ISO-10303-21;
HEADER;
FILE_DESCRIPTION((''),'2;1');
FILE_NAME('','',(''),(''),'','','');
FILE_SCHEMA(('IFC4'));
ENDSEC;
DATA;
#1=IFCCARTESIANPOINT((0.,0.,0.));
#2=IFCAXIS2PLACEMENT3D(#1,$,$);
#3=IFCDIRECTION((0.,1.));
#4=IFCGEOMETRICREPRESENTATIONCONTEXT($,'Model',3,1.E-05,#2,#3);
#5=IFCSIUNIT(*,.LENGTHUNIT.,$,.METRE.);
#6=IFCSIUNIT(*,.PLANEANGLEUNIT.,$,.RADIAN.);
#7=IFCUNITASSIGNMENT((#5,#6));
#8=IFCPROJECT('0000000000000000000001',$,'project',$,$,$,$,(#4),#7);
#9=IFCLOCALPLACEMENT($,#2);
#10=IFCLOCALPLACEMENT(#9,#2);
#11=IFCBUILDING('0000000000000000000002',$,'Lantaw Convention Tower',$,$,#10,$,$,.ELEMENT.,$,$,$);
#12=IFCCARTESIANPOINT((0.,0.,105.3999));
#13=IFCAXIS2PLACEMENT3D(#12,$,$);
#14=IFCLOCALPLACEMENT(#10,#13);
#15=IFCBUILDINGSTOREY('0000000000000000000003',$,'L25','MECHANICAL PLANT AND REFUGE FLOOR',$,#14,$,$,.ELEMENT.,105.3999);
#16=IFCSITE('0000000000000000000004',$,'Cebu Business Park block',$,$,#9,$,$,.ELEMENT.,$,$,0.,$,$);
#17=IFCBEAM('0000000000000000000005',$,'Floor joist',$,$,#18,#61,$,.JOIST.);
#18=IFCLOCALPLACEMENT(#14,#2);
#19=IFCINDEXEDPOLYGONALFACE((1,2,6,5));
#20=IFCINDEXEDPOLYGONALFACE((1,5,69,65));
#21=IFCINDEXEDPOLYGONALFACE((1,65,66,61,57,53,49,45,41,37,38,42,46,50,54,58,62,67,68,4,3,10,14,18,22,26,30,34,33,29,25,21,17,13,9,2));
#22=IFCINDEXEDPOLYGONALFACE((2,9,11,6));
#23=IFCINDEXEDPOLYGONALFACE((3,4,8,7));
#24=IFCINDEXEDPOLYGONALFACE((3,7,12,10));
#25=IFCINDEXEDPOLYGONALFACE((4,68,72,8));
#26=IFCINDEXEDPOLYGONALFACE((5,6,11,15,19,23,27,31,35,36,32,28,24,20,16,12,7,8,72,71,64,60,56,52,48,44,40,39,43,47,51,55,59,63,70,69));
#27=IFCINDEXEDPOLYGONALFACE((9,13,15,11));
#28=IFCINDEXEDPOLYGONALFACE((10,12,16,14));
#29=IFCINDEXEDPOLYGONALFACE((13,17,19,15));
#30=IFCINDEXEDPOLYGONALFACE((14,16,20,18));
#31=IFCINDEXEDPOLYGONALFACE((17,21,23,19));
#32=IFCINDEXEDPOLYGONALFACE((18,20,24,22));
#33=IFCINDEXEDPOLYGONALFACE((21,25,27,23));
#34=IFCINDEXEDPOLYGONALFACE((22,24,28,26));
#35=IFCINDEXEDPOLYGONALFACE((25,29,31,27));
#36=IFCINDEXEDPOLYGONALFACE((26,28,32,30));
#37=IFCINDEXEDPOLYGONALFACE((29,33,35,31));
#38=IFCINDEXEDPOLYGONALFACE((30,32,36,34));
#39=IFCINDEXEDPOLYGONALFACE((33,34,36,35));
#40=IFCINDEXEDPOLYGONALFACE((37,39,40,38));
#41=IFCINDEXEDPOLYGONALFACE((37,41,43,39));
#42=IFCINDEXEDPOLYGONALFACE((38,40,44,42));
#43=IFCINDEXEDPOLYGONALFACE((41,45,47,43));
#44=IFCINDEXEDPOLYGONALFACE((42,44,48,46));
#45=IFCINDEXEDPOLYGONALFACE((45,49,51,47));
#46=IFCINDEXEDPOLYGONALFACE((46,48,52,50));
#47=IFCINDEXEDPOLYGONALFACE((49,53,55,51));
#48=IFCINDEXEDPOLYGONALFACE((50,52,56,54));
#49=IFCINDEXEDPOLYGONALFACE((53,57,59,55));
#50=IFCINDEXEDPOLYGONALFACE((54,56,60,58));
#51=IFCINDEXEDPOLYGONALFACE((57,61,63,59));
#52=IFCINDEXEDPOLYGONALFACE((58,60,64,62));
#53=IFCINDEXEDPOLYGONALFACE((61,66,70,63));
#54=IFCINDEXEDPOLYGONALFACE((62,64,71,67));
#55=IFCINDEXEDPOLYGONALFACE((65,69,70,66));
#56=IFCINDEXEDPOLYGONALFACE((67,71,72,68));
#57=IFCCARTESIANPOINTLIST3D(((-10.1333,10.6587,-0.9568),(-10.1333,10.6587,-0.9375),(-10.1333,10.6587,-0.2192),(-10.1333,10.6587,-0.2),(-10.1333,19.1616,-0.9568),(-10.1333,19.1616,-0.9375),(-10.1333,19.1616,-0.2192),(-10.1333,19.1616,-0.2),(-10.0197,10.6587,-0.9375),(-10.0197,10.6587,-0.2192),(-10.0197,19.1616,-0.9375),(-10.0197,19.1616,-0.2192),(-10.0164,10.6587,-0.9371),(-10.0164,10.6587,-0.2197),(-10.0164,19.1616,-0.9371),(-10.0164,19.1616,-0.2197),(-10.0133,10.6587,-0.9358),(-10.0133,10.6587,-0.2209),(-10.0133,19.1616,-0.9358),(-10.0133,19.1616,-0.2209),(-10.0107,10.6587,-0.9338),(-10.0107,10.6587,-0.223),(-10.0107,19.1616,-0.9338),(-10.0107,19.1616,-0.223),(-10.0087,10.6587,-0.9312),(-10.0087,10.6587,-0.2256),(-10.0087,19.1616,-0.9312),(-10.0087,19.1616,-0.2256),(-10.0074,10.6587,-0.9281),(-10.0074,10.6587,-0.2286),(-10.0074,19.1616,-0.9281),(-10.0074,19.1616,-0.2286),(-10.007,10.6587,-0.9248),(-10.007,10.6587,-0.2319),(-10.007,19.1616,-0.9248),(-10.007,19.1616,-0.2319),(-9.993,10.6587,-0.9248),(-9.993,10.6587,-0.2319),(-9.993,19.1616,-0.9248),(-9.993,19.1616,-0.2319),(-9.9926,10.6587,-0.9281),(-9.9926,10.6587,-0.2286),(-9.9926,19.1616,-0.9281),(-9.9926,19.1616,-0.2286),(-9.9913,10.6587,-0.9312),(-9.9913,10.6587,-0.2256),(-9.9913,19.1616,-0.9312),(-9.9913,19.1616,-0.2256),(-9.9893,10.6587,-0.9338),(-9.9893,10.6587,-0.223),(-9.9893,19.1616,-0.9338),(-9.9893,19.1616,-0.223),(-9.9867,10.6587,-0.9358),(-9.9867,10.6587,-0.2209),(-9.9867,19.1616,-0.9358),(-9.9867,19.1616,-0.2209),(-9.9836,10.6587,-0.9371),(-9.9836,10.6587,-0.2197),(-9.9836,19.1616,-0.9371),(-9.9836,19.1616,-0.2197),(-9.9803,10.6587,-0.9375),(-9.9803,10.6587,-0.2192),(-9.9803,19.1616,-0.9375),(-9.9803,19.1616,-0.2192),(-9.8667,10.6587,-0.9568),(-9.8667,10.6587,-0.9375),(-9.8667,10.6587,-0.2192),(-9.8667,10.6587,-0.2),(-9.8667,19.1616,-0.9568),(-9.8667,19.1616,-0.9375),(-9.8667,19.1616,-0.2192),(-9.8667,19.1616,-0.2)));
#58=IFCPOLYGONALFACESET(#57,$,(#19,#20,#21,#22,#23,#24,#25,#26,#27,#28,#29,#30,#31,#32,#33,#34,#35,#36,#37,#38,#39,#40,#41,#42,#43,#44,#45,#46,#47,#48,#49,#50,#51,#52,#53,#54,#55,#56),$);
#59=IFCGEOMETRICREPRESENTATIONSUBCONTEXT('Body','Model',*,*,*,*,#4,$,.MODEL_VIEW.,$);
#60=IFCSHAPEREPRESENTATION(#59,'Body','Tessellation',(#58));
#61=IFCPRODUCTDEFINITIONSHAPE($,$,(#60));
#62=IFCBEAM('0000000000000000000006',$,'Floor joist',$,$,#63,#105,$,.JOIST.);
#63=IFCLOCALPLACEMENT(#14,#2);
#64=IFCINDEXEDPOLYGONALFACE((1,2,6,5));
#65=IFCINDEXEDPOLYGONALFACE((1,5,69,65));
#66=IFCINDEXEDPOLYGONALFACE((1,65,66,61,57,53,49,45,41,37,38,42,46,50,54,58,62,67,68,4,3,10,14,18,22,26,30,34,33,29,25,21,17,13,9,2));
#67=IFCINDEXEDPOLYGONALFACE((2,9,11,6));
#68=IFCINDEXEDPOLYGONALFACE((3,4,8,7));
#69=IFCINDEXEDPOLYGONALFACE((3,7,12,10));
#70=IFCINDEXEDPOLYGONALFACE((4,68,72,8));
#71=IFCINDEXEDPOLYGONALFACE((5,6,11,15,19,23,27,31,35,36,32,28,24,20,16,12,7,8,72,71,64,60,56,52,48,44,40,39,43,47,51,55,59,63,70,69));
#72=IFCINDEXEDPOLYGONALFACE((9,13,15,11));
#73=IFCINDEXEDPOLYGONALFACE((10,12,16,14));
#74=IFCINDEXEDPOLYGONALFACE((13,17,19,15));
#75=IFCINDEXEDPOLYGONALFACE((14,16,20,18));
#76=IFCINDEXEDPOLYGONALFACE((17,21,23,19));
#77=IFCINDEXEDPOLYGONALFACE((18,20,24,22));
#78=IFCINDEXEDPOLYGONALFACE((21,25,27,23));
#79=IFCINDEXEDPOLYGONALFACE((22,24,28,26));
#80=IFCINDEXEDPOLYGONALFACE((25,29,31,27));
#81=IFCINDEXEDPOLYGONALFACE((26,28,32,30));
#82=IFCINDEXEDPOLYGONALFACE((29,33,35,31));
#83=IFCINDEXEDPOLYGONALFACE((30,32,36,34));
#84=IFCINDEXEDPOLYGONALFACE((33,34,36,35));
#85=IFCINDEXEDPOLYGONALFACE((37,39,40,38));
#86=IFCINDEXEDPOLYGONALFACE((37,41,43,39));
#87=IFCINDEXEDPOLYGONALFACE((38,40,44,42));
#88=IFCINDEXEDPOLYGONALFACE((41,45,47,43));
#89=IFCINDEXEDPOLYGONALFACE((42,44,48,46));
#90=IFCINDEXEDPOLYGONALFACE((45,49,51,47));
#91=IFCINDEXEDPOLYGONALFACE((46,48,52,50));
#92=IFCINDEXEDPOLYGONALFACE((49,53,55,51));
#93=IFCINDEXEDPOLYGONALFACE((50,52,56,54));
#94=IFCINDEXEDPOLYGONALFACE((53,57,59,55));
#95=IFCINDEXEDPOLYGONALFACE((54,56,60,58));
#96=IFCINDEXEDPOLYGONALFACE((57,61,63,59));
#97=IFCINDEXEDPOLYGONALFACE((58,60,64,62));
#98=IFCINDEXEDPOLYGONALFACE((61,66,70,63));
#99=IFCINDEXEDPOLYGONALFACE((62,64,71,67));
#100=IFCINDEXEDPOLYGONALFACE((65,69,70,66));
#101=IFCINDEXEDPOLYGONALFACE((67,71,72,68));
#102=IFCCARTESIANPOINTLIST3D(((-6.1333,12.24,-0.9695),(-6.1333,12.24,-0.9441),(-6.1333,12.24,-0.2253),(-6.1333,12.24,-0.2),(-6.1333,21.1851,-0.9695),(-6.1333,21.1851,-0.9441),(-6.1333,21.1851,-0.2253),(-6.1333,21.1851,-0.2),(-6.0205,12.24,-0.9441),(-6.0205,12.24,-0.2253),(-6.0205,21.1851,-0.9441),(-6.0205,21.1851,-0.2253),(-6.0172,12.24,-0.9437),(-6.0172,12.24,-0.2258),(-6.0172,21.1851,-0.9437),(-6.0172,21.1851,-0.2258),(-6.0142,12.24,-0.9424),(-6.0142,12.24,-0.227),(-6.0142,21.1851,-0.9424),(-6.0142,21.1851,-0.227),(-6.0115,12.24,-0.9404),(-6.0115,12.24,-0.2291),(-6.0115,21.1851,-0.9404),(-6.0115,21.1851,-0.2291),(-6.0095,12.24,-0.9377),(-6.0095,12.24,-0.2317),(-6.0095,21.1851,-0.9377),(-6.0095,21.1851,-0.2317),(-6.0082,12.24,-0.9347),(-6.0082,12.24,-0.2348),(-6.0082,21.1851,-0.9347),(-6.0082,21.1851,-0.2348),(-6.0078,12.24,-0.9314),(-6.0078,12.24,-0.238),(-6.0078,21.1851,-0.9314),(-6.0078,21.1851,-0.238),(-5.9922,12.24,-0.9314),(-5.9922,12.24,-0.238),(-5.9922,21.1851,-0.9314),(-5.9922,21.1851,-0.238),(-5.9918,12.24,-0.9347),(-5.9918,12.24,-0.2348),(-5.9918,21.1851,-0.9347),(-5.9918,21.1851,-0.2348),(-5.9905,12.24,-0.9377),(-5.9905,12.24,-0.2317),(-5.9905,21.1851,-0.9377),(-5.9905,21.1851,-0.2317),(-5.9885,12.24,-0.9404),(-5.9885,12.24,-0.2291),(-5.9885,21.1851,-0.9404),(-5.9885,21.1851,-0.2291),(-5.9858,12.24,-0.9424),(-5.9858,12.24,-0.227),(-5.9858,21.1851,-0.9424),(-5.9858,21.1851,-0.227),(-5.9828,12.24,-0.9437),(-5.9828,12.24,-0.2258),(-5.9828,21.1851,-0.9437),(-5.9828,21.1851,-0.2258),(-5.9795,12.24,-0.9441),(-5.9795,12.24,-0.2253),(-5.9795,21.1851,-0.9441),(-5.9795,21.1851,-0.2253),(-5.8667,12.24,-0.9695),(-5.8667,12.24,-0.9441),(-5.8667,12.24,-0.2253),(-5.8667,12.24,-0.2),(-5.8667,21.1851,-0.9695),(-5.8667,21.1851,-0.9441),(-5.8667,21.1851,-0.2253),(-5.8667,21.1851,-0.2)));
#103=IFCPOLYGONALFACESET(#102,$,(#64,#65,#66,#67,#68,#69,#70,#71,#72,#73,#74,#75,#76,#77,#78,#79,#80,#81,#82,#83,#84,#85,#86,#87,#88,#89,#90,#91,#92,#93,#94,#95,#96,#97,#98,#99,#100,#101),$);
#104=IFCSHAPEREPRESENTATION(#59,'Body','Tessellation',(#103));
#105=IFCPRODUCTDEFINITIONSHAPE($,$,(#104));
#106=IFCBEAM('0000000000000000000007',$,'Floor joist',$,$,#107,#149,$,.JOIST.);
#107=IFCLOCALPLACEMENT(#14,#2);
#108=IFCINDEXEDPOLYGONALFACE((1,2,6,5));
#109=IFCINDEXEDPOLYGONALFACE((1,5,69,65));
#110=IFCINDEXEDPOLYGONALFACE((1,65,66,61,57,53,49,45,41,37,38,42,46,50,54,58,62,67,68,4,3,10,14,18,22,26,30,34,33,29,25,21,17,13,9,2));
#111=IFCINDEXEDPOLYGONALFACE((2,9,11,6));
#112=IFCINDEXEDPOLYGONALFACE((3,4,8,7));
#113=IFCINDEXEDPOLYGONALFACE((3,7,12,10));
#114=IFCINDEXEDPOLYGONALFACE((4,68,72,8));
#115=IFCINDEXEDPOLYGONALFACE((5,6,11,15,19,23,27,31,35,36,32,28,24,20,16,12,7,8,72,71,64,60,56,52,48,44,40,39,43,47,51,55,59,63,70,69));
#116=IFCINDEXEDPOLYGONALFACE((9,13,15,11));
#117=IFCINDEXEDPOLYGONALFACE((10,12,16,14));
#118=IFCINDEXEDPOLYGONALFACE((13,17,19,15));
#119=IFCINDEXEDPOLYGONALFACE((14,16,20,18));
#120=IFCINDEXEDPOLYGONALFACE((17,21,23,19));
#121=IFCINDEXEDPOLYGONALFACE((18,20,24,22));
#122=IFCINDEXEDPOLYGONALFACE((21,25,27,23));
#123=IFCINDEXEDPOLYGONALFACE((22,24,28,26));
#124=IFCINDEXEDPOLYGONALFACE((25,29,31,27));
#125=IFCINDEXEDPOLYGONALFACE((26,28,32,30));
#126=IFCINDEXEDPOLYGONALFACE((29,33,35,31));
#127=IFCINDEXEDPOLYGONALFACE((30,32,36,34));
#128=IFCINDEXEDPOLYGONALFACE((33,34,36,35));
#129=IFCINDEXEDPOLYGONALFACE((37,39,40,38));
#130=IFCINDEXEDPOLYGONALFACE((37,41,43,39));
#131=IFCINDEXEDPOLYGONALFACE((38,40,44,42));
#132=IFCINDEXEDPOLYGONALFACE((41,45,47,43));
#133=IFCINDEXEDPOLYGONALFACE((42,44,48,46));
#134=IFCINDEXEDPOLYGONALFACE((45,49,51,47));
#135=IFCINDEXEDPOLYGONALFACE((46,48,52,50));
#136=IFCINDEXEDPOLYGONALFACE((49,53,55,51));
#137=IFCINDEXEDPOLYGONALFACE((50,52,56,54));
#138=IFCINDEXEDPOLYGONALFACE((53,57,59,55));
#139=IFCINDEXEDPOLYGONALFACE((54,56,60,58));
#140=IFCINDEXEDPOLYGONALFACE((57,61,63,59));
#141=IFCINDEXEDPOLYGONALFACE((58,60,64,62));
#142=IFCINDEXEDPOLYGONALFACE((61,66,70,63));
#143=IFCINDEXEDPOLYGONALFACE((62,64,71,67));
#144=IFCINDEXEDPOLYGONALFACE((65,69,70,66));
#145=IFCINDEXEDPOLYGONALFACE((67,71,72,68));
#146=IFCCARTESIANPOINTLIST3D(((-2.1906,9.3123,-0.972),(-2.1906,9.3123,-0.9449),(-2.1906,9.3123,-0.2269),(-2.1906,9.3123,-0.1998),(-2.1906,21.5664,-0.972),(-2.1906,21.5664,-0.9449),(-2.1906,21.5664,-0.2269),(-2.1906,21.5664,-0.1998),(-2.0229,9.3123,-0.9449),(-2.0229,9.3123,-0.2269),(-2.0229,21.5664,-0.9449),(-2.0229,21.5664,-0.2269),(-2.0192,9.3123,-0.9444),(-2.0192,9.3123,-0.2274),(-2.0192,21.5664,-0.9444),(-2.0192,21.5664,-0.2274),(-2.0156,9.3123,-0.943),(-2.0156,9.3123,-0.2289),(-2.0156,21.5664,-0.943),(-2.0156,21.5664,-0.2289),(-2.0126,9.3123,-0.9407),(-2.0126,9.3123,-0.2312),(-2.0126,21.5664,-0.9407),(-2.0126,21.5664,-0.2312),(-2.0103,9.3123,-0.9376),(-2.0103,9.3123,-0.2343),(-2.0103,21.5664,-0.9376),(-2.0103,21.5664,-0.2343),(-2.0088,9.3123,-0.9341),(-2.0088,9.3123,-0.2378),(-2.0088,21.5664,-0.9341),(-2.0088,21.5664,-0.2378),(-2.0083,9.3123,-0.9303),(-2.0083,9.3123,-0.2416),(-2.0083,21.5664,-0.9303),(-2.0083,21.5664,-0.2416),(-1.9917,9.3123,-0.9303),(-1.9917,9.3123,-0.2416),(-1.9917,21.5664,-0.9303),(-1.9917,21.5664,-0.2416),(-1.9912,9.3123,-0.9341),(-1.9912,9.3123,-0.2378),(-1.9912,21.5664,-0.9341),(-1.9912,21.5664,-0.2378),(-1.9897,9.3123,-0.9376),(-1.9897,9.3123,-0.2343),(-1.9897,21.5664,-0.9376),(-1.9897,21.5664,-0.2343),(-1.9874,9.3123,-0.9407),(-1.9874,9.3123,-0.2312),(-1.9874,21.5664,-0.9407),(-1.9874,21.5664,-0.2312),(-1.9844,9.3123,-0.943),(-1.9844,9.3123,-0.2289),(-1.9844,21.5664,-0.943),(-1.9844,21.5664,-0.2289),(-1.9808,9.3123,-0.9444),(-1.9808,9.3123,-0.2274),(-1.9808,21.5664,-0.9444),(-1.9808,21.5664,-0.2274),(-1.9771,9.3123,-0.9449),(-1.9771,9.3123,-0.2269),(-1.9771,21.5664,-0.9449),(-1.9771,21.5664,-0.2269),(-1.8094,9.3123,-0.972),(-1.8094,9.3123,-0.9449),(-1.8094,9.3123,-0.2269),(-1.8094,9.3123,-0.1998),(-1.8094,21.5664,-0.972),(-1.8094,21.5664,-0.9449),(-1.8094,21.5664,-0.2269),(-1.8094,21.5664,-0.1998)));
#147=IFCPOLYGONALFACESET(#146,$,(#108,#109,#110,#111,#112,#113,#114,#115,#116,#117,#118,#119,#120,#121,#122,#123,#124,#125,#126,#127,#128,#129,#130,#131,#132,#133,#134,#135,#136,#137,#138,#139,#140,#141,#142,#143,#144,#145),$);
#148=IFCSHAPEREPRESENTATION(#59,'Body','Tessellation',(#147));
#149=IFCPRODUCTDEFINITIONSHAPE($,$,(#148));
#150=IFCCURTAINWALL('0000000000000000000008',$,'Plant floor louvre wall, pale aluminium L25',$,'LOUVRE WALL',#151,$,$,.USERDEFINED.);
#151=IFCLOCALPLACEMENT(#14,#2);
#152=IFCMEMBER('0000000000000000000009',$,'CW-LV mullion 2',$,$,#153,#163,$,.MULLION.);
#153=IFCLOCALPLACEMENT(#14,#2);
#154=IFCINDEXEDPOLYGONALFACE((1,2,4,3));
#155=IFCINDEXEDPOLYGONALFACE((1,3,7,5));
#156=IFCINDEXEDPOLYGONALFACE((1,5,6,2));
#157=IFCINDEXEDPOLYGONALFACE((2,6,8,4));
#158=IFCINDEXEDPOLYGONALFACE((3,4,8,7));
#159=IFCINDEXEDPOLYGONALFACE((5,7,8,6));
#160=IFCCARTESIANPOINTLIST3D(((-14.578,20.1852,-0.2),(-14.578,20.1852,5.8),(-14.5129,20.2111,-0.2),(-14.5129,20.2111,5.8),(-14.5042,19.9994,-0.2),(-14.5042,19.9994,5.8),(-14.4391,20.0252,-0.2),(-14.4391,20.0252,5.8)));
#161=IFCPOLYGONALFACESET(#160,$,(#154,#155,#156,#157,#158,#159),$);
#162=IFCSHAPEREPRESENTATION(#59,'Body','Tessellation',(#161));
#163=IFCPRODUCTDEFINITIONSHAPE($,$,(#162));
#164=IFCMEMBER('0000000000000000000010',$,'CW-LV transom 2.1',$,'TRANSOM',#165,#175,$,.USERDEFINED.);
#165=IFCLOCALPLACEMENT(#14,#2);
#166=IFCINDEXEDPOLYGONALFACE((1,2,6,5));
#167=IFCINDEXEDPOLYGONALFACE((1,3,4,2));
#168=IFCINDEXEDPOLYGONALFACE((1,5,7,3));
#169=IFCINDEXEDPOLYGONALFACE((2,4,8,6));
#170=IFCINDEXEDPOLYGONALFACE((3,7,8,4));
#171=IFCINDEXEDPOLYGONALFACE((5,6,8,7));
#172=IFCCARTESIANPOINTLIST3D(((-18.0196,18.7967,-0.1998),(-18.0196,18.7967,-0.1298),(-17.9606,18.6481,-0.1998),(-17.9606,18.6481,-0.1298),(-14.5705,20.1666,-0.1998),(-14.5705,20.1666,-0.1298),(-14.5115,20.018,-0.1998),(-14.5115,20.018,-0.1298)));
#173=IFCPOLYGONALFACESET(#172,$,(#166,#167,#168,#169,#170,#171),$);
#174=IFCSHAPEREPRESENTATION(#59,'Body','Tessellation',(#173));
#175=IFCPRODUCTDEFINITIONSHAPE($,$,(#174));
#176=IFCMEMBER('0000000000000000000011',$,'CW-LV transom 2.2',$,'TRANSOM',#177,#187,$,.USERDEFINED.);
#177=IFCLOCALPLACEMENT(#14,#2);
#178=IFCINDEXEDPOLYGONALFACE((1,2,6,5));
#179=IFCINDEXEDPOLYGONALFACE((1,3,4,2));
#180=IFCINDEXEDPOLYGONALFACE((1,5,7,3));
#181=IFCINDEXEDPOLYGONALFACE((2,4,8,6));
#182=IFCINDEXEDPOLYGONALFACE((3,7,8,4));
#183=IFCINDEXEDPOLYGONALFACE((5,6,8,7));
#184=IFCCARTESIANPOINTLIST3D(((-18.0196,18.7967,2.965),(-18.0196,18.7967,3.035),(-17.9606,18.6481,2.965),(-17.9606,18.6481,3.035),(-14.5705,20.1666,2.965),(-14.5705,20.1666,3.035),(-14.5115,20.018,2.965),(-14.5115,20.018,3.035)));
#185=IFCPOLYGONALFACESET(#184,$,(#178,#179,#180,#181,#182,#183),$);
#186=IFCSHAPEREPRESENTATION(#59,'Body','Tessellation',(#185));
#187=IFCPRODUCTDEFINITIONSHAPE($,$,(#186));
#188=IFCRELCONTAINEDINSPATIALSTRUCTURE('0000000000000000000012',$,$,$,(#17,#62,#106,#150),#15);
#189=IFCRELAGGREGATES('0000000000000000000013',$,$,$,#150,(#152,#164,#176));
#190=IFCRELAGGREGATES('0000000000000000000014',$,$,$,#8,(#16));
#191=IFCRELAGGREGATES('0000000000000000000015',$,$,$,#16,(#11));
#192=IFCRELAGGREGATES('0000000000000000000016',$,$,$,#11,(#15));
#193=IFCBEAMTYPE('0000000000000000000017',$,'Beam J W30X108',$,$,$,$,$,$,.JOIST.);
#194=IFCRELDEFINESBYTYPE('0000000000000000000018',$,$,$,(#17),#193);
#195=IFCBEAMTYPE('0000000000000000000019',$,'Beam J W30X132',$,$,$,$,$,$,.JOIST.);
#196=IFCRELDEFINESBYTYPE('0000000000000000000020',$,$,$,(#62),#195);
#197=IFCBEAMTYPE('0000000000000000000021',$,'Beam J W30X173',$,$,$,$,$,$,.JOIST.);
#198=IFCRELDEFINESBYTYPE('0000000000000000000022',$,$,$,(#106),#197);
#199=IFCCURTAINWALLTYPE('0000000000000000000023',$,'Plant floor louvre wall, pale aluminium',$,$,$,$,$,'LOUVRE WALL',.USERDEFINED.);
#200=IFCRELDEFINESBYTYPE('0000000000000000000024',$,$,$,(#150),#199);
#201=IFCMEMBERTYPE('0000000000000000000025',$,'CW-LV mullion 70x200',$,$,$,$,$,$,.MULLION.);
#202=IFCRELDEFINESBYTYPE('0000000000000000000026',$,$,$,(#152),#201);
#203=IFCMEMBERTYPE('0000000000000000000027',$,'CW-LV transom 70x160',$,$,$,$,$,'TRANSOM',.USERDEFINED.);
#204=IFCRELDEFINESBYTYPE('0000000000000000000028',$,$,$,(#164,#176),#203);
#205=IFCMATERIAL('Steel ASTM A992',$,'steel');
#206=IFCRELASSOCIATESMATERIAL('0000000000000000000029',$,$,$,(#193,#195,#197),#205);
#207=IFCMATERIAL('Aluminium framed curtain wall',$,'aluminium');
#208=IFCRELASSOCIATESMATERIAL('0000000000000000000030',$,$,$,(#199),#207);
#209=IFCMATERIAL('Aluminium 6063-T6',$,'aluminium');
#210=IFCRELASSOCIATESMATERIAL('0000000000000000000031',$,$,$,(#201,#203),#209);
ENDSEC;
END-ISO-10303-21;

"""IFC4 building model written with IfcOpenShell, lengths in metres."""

from ifc_helpers import new_model, si_unit, direction, frame, origin, origin_2d, place, context, subcontext, project, spatial, rectangle, i_section, extrude, material, material_profile, profile_set, type_object, element, aggregate, save


model = new_model("IFC4")

# Units and contexts
model_context = context("Model", 3, precision=1e-05, world=origin(), true_north=direction((0.0, 1.0)))
body_context = subcontext(model_context, "Body", "Model", "MODEL_VIEW")
ifc_project = project(units=[si_unit("LENGTHUNIT", "METRE"), si_unit("PLANEANGLEUNIT", "RADIAN")], contexts=[model_context])

# Site, building, storey
site_placement = place(None, origin())
site = spatial("IfcSite", under=ifc_project, at=site_placement, Name="Cebu Business Park block", CompositionType="ELEMENT", RefElevation=0.0)
building_placement = place(site_placement, origin())
building = spatial("IfcBuilding", under=site, at=building_placement, Name="Lantaw Convention Tower", CompositionType="ELEMENT")
storey_placement = place(building_placement, frame((0.0, 0.0, 105.3999)))
storey = spatial("IfcBuildingStorey", under=building, at=storey_placement, Name="L25", Description="MECHANICAL PLANT AND REFUGE FLOOR", CompositionType="ELEMENT", Elevation=105.3999)

# Beams
ifc_material_1 = material(Name="Steel ASTM A992", Category="steel")
ifc_material_profile_1 = material_profile(ifc_material_1, i_section(OverallWidth=0.2666, OverallDepth=0.7568, WebThickness=0.0139, FlangeThickness=0.0193, FilletRadius=0.0127, at=origin_2d()), Name="W30X108")
ifc_profile_set_1 = profile_set([ifc_material_profile_1], Name="Steel ASTM A992")
beam_type_1 = type_object("IfcBeamType", Name="Beam J W30X108", PredefinedType="JOIST", material=ifc_profile_set_1)
beam_1_placement = place(storey_placement, frame((-10.0, 10.6587, -0.5784), z_axis=(0.0, 1.0, 0.0), x_axis=(-1.0, 0.0, 0.0)))
element("IfcBeam", 1, at=beam_1_placement, inside=storey, type_object=beam_type_1, Name="Floor joist", PredefinedType="JOIST", context=body_context, shape_type="SweptSolid", body=[
    extrude(i_section(OverallWidth=0.2666, OverallDepth=0.7568, WebThickness=0.0139, FlangeThickness=0.0193, FilletRadius=0.0127, at=origin_2d()), origin(), (0.0, 0.0, 1.0), 8.5029),
])
ifc_material_profile_2 = material_profile(ifc_material_1, i_section(OverallWidth=0.2666, OverallDepth=0.7695, WebThickness=0.0156, FlangeThickness=0.0254, FilletRadius=0.0127, at=origin_2d()), Name="W30X132")
ifc_profile_set_2 = profile_set([ifc_material_profile_2], Name="Steel ASTM A992")
beam_type_2 = type_object("IfcBeamType", Name="Beam J W30X132", PredefinedType="JOIST", material=ifc_profile_set_2)
beam_2_placement = place(storey_placement, frame((-6.0, 12.24, -0.5847), z_axis=(0.0, 1.0, 0.0), x_axis=(-1.0, 0.0, 0.0)))
element("IfcBeam", 2, at=beam_2_placement, inside=storey, type_object=beam_type_2, Name="Floor joist", PredefinedType="JOIST", context=body_context, shape_type="SweptSolid", body=[
    extrude(i_section(OverallWidth=0.2666, OverallDepth=0.7695, WebThickness=0.0156, FlangeThickness=0.0254, FilletRadius=0.0127, at=origin_2d()), origin(), (0.0, 0.0, 1.0), 8.9451),
])
ifc_material_profile_3 = material_profile(ifc_material_1, i_section(OverallWidth=0.3811, OverallDepth=0.7722, WebThickness=0.0166, FlangeThickness=0.0271, FilletRadius=0.0146, at=origin_2d()), Name="W30X173")
ifc_profile_set_3 = profile_set([ifc_material_profile_3], Name="Steel ASTM A992")
beam_type_3 = type_object("IfcBeamType", Name="Beam J W30X173", PredefinedType="JOIST", material=ifc_profile_set_3)
beam_3_placement = place(storey_placement, frame((-2.0, 9.3123, -0.5859), z_axis=(0.0, 1.0, 0.0), x_axis=(-1.0, 0.0, 0.0)))
element("IfcBeam", 3, at=beam_3_placement, inside=storey, type_object=beam_type_3, Name="Floor joist", PredefinedType="JOIST", context=body_context, shape_type="SweptSolid", body=[
    extrude(i_section(OverallWidth=0.3811, OverallDepth=0.7722, WebThickness=0.0166, FlangeThickness=0.0271, FilletRadius=0.0146, at=origin_2d()), origin(), (0.0, 0.0, 1.0), 12.2542),
])

# Curtain wall, members
ifc_material_2 = material(Name="Aluminium framed curtain wall", Category="aluminium")
curtain_wall_type = type_object("IfcCurtainWallType", Name="Plant floor louvre wall, pale aluminium", ElementType="LOUVRE WALL", PredefinedType="USERDEFINED", material=ifc_material_2)
curtain_wall_placement = place(storey_placement, origin())
curtain_wall = element("IfcCurtainWall", 4, at=curtain_wall_placement, inside=storey, type_object=curtain_wall_type, Name="Plant floor louvre wall, pale aluminium L25", ObjectType="LOUVRE WALL", PredefinedType="USERDEFINED")
ifc_material_3 = material(Name="Aluminium 6063-T6", Category="aluminium")
ifc_material_profile_4 = material_profile(ifc_material_3, rectangle(XDim=0.2, YDim=0.0701, at=origin_2d()), Name="CW-LV mullion 70x200")
ifc_profile_set_4 = profile_set([ifc_material_profile_4], Name="Aluminium 6063-T6")
member_type_1 = type_object("IfcMemberType", Name="CW-LV mullion 70x200", PredefinedType="MULLION", material=ifc_profile_set_4)
member_1_placement = place(storey_placement, frame((-14.5085, 20.1052, -0.2), z_axis=(0.0, 0.0, 1.0), x_axis=(0.369172, -0.929361, 0.0)))
member_1 = element("IfcMember", 5, at=member_1_placement, type_object=member_type_1, Name="CW-LV mullion 2", PredefinedType="MULLION", context=body_context, shape_type="SweptSolid", body=[
    extrude(rectangle(XDim=0.2, YDim=0.0701, at=origin_2d()), origin(), (0.0, 0.0, 1.0), 6.0),
])
ifc_material_profile_5 = material_profile(ifc_material_3, rectangle(XDim=0.1599, YDim=0.0701, at=origin_2d()), Name="CW-LV transom 70x160")
ifc_profile_set_5 = profile_set([ifc_material_profile_5], Name="Aluminium 6063-T6")
member_type_2 = type_object("IfcMemberType", Name="CW-LV transom 70x160", ElementType="TRANSOM", PredefinedType="USERDEFINED", material=ifc_profile_set_5)
member_2_placement = place(storey_placement, frame((-14.541, 20.0923, -0.1648), z_axis=(-0.929377, -0.369132, 0.0), x_axis=(0.369132, -0.929377, 0.0)))
member_2 = element("IfcMember", 6, at=member_2_placement, type_object=member_type_2, Name="CW-LV transom 2.1", ObjectType="TRANSOM", PredefinedType="USERDEFINED", context=body_context, shape_type="SweptSolid", body=[
    extrude(rectangle(XDim=0.1599, YDim=0.0701, at=origin_2d()), origin(), (0.0, 0.0, 1.0), 3.7112),
])
member_3_placement = place(storey_placement, frame((-14.541, 20.0923, 3.0), z_axis=(-0.929377, -0.369132, 0.0), x_axis=(0.369132, -0.929377, 0.0)))
member_3 = element("IfcMember", 7, at=member_3_placement, type_object=member_type_2, Name="CW-LV transom 2.2", ObjectType="TRANSOM", PredefinedType="USERDEFINED", context=body_context, shape_type="SweptSolid", body=[
    extrude(rectangle(XDim=0.1599, YDim=0.0701, at=origin_2d()), origin(), (0.0, 0.0, 1.0), 3.7112),
])

aggregate(curtain_wall, [member_1, member_2, member_3])

save(model, "model.ifc")
